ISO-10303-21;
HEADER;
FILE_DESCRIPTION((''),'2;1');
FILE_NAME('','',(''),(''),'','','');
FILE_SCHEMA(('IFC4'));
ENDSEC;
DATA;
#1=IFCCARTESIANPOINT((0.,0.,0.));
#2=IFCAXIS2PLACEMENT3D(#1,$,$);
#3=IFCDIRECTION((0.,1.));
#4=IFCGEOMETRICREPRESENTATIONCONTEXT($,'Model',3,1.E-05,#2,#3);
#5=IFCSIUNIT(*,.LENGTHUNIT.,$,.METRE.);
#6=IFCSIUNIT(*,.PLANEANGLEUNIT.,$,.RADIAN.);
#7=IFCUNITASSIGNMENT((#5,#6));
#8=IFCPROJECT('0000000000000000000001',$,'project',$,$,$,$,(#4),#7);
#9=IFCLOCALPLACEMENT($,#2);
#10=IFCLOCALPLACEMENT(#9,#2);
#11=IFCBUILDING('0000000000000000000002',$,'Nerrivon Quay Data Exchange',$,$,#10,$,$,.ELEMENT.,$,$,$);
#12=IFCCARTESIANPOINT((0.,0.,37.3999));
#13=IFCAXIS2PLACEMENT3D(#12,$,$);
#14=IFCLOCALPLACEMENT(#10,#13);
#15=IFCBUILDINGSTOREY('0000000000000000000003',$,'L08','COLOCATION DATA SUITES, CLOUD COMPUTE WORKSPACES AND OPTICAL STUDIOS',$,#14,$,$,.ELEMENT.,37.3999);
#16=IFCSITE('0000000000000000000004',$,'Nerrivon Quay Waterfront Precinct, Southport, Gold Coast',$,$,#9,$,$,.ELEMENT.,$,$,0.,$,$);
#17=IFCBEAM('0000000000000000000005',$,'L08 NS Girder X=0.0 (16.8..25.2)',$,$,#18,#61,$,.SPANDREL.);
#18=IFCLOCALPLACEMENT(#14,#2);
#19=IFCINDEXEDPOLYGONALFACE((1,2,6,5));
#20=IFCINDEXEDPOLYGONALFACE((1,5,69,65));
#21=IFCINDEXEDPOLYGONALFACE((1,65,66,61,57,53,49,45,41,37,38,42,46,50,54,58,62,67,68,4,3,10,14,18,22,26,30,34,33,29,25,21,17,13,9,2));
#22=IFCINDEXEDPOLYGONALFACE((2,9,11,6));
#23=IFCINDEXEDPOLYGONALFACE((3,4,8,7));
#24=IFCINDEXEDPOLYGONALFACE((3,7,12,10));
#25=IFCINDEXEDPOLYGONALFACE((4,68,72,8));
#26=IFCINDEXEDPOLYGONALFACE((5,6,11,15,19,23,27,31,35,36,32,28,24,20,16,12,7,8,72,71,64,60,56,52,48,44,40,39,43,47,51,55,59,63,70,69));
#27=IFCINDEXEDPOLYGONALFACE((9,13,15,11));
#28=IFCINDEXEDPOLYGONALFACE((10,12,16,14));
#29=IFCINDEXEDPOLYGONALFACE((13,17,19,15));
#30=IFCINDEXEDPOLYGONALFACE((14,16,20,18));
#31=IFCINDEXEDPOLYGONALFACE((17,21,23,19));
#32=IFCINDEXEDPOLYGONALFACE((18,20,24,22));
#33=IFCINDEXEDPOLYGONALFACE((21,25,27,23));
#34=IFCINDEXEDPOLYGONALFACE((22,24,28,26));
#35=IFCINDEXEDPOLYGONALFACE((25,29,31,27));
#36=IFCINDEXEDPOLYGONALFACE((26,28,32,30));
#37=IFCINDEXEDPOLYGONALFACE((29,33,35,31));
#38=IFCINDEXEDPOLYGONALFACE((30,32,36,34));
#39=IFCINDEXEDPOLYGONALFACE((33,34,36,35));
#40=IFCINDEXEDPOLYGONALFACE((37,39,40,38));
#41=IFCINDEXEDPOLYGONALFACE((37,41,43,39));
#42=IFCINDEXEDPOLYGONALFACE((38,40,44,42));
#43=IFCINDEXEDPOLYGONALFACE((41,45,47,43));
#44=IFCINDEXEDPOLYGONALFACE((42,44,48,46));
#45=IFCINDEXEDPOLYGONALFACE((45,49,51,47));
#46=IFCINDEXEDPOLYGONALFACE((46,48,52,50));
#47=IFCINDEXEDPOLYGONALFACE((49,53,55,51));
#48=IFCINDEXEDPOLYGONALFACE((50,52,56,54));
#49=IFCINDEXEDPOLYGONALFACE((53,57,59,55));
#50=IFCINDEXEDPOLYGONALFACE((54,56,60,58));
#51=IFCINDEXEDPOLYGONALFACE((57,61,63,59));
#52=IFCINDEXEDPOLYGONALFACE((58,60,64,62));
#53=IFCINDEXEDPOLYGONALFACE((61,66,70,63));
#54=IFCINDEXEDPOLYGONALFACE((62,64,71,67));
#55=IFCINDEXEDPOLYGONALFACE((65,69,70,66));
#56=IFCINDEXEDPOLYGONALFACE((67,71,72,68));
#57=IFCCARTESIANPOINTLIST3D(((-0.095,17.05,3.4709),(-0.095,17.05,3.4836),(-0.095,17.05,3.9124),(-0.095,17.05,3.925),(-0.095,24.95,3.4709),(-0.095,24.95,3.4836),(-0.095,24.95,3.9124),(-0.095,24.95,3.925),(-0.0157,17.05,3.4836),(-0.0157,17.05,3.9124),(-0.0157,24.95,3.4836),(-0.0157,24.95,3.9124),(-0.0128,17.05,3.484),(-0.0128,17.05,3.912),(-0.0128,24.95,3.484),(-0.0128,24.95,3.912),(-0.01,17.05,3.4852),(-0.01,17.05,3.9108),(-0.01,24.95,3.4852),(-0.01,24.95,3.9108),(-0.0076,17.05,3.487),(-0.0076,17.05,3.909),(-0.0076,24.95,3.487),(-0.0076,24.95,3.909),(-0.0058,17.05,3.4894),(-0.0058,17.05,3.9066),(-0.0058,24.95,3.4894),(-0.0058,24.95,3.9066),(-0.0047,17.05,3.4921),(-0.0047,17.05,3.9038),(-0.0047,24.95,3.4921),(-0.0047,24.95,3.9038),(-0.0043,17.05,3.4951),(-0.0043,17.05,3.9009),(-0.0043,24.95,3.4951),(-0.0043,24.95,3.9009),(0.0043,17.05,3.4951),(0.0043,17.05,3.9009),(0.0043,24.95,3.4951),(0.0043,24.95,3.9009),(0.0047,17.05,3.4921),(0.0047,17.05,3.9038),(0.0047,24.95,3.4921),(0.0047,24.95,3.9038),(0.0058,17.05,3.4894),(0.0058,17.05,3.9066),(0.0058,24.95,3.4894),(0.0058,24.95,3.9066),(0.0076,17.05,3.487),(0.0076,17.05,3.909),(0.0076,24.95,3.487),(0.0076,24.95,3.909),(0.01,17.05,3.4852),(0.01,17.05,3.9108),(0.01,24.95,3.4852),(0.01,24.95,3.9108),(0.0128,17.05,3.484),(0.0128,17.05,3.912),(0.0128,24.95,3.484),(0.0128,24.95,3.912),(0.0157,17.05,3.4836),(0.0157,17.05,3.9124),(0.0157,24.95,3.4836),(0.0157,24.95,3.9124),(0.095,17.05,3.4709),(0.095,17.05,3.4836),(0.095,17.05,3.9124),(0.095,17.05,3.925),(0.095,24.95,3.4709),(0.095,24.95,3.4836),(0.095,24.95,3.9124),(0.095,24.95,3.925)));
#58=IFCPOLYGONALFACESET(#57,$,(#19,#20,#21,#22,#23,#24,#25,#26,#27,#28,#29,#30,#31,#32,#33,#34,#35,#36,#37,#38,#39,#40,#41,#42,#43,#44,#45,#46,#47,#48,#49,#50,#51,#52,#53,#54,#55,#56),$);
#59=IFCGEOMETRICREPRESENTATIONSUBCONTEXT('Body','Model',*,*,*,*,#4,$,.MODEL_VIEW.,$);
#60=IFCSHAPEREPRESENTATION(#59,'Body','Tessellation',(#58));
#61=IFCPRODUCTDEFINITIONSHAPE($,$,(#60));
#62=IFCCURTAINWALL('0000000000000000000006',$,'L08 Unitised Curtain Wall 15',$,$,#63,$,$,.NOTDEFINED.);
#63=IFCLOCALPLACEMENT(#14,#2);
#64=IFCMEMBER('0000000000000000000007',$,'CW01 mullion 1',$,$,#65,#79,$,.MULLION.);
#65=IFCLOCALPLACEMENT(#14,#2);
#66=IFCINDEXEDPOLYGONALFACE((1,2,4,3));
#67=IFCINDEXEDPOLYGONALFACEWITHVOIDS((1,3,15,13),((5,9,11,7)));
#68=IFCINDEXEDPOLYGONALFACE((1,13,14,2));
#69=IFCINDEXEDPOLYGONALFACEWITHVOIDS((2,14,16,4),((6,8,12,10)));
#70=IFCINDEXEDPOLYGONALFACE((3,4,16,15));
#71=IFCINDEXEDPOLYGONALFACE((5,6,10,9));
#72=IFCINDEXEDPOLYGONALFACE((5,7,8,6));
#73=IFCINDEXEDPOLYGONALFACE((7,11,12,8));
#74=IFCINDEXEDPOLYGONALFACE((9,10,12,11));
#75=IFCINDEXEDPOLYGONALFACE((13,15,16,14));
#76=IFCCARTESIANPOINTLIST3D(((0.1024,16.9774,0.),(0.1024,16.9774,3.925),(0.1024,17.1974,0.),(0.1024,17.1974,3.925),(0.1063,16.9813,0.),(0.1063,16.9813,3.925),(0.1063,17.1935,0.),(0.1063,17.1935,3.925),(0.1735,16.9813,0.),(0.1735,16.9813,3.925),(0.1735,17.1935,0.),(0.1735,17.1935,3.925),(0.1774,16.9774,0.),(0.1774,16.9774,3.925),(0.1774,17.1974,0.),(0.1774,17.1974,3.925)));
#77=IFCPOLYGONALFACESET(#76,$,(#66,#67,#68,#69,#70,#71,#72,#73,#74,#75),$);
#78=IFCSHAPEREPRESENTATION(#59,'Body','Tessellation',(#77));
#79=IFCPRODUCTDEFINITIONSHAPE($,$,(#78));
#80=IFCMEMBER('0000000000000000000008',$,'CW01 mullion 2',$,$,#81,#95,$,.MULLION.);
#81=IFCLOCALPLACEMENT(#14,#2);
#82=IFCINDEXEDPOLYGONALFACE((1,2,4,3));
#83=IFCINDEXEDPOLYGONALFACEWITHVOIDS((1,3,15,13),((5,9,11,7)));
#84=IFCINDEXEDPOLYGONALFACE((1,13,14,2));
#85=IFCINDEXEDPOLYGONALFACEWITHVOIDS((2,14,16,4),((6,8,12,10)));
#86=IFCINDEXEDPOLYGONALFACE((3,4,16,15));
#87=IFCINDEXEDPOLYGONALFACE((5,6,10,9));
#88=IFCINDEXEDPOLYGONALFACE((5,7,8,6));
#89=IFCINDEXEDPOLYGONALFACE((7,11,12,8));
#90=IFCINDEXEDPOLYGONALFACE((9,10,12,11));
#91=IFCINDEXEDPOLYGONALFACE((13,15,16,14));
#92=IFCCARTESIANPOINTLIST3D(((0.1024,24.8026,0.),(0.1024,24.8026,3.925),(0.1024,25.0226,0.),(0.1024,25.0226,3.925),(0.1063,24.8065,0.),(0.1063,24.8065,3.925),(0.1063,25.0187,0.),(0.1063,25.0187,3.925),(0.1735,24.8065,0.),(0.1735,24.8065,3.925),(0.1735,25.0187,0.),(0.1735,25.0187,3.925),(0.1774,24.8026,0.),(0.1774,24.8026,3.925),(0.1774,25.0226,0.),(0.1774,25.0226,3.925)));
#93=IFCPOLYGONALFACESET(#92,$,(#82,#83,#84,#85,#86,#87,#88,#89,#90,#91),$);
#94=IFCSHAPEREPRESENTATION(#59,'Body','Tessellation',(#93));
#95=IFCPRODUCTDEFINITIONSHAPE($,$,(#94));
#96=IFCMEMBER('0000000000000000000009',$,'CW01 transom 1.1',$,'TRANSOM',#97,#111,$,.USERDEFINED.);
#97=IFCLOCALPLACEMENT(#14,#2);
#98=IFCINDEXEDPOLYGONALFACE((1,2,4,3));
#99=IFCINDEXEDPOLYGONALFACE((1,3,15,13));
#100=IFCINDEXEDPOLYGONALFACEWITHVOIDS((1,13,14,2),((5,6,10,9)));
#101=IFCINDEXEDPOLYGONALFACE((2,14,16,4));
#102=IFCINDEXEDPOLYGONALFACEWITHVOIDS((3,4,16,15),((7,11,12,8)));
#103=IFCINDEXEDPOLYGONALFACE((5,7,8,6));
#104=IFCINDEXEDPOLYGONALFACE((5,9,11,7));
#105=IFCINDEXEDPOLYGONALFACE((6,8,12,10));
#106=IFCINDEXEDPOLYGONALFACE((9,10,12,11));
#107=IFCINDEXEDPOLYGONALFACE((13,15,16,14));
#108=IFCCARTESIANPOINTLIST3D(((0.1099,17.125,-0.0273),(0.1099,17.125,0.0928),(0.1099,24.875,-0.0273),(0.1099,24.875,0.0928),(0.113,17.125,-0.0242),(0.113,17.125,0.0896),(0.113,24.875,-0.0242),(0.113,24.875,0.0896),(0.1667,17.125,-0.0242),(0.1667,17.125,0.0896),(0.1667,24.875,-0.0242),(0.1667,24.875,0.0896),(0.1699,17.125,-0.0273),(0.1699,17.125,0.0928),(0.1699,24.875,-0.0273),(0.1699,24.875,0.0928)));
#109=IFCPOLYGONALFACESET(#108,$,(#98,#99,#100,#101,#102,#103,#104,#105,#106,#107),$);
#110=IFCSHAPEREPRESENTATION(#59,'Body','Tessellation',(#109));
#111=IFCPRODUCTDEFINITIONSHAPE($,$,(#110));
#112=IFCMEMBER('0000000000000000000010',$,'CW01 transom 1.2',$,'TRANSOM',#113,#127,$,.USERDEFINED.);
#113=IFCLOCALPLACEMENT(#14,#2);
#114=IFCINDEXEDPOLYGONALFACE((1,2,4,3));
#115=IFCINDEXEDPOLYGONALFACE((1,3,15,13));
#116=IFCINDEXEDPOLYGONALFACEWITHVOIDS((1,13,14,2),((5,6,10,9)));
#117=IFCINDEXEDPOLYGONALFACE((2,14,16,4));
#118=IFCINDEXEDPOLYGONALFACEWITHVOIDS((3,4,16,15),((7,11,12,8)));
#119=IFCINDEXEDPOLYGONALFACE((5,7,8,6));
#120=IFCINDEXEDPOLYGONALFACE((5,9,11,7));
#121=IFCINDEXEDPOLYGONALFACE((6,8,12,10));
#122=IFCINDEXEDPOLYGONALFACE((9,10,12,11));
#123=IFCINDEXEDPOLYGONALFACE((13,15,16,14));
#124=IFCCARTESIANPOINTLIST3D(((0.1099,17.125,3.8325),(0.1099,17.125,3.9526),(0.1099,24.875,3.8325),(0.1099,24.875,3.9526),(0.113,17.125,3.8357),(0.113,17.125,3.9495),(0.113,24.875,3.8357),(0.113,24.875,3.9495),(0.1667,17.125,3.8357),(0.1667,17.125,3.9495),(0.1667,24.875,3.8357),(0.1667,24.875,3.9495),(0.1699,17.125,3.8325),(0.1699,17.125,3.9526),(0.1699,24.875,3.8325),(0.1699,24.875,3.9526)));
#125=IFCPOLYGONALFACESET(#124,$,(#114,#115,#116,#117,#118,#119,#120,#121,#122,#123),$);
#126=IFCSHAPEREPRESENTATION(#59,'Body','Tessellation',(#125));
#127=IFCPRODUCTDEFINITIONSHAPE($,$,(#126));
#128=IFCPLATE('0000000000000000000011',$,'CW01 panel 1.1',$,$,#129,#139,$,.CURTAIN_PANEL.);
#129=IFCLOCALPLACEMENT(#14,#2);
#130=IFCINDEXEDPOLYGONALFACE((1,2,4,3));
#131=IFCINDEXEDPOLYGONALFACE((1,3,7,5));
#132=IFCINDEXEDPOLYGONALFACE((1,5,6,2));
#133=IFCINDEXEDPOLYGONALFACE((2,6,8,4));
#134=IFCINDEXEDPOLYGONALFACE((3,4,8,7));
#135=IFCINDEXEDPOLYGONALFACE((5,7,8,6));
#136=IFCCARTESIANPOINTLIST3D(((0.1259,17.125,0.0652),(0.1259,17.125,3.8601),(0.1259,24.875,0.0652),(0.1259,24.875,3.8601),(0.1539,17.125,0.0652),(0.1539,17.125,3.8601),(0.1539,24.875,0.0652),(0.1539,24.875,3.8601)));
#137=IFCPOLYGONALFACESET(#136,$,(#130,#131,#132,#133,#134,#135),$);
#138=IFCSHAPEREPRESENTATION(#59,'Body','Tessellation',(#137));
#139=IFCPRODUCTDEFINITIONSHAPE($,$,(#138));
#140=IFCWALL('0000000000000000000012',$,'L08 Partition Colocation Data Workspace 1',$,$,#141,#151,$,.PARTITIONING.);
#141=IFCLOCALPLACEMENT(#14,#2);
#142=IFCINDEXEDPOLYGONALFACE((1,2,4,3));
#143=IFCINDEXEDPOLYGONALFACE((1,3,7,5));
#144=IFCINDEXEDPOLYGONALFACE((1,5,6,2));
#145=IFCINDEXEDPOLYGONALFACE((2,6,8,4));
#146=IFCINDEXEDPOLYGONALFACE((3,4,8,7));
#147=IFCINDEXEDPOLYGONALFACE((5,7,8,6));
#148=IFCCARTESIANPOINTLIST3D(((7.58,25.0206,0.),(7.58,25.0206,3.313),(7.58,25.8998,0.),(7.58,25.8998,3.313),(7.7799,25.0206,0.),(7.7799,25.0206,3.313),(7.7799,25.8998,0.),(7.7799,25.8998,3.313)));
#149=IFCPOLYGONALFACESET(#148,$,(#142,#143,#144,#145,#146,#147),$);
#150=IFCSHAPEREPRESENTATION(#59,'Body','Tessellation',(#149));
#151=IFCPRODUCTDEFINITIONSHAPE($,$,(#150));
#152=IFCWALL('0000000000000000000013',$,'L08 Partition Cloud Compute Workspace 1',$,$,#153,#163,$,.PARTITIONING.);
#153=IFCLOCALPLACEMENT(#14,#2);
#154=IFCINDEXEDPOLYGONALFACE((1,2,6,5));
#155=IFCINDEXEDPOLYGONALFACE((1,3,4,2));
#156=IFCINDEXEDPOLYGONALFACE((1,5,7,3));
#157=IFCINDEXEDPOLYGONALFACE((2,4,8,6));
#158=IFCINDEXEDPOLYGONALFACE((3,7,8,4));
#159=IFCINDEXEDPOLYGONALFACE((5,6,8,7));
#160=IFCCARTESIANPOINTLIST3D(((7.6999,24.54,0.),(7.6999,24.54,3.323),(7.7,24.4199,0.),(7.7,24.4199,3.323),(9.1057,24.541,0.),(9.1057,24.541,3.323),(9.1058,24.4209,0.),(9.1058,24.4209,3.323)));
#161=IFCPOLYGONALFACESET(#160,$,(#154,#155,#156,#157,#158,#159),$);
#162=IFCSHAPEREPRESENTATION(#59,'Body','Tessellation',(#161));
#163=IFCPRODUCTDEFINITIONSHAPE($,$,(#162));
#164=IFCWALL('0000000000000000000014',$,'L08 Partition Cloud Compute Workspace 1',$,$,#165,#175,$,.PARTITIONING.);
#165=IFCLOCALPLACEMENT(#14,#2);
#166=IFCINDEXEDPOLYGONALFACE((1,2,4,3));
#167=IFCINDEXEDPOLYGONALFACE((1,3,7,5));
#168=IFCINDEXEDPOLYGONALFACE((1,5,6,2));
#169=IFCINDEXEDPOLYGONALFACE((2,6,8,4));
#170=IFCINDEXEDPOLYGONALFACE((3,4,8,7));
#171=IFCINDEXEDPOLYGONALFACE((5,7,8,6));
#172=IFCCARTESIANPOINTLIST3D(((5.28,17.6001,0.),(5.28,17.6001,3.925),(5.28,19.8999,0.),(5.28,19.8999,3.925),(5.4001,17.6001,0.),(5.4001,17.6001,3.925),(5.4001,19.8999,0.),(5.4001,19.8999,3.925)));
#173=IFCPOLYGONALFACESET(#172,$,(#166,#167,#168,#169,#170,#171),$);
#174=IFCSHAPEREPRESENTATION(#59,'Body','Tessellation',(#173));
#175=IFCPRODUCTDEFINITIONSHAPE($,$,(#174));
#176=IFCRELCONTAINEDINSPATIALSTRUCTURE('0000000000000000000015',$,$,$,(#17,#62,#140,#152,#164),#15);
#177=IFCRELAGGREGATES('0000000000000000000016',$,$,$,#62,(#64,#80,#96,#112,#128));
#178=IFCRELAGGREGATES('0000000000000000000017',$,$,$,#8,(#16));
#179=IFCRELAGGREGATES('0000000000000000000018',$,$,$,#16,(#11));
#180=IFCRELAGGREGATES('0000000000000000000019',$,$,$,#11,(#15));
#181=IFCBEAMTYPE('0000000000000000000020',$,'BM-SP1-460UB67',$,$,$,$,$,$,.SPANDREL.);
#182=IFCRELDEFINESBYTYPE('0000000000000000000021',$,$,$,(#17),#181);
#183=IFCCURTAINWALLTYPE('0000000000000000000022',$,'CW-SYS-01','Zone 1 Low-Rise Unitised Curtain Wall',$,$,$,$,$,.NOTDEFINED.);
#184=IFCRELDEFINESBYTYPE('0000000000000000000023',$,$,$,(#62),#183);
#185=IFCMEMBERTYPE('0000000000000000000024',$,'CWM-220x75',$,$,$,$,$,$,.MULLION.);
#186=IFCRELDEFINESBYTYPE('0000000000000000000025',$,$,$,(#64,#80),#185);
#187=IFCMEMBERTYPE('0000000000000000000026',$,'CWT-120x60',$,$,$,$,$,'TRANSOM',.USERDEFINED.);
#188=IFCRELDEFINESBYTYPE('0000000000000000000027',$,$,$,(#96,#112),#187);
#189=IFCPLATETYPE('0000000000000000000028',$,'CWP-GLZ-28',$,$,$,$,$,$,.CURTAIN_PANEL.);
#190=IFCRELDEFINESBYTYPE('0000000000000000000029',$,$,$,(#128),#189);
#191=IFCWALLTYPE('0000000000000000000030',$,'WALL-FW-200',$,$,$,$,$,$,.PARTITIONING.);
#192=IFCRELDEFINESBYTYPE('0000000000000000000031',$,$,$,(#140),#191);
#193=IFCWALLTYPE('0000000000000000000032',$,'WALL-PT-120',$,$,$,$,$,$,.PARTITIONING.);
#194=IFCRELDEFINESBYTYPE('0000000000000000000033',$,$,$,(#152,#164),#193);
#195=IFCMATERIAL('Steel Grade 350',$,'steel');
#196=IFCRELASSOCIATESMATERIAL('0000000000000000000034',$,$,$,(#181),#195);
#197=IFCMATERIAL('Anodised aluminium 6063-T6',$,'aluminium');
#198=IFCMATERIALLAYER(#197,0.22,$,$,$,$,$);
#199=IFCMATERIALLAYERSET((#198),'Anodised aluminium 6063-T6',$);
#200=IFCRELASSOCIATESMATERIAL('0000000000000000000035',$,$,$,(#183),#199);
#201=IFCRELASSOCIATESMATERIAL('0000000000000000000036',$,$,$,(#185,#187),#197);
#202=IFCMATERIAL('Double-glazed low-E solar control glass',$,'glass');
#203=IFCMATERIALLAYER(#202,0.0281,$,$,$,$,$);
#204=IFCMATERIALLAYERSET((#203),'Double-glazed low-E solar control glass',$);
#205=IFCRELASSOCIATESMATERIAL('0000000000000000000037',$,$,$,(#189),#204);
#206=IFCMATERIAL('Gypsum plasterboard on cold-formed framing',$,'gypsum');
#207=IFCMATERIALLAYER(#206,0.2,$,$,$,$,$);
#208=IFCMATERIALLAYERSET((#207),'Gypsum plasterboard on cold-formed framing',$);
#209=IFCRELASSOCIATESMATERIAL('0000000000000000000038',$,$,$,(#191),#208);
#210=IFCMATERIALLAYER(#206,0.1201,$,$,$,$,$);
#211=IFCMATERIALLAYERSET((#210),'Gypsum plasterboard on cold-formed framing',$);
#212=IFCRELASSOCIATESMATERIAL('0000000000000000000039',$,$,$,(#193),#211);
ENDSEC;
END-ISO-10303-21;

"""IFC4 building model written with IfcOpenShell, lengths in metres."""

from ifc_helpers import new_model, si_unit, direction, frame, frame_2d, origin, origin_2d, place, context, subcontext, project, spatial, rectangle, hollow_rectangle, i_section, extrude, material, layer, layer_set, material_profile, profile_set, type_object, element, aggregate, save


model = new_model("IFC4")

# Units and contexts
model_context = context("Model", 3, precision=1e-05, world=origin(), true_north=direction((0.0, 1.0)))
body_context = subcontext(model_context, "Body", "Model", "MODEL_VIEW")
ifc_project = project(units=[si_unit("LENGTHUNIT", "METRE"), si_unit("PLANEANGLEUNIT", "RADIAN")], contexts=[model_context])

# Site, building, storey
site_placement = place(None, origin())
site = spatial("IfcSite", under=ifc_project, at=site_placement, Name="Nerrivon Quay Waterfront Precinct, Southport, Gold Coast", CompositionType="ELEMENT", RefElevation=0.0)
building_placement = place(site_placement, origin())
building = spatial("IfcBuilding", under=site, at=building_placement, Name="Nerrivon Quay Data Exchange", CompositionType="ELEMENT")
storey_placement = place(building_placement, frame((0.0, 0.0, 37.3999)))
storey = spatial("IfcBuildingStorey", under=building, at=storey_placement, Name="L08", Description="COLOCATION DATA SUITES, CLOUD COMPUTE WORKSPACES AND OPTICAL STUDIOS", CompositionType="ELEMENT", Elevation=37.3999)

# Shared definitions
ifc_material_1 = material(Name="Steel Grade 350", Category="steel")

# Beam
ifc_material_profile_1 = material_profile(ifc_material_1, i_section(OverallWidth=0.1899, OverallDepth=0.4541, WebThickness=0.0085, FlangeThickness=0.0127, FilletRadius=0.0115, at=origin_2d()), Name="460UB67.1")
ifc_profile_set_1 = profile_set([ifc_material_profile_1], Name="Steel Grade 350")
beam_type_1 = type_object("IfcBeamType", Name="BM-SP1-460UB67", PredefinedType="SPANDREL", material=ifc_profile_set_1)
beam_1_placement = place(storey_placement, frame((0.0, 17.05, 3.698), z_axis=(0.0, 1.0, 0.0), x_axis=(-1.0, 0.0, 0.0)))
element("IfcBeam", 1, at=beam_1_placement, inside=storey, type_object=beam_type_1, Name="L08 NS Girder X=0.0 (16.8..25.2)", PredefinedType="SPANDREL", context=body_context, shape_type="SweptSolid", body=[
    extrude(i_section(OverallWidth=0.1899, OverallDepth=0.4541, WebThickness=0.0085, FlangeThickness=0.0127, FilletRadius=0.0115, at=origin_2d()), origin(), (0.0, 0.0, 1.0), 7.8999),
])

# Curtain wall, members, plate
ifc_material_2 = material(Name="Anodised aluminium 6063-T6", Category="aluminium")
ifc_layer_1 = layer(ifc_material_2, 0.22)
ifc_layer_set_1 = layer_set([ifc_layer_1], Name="Anodised aluminium 6063-T6")
curtain_wall_type = type_object("IfcCurtainWallType", Name="CW-SYS-01", Description="Zone 1 Low-Rise Unitised Curtain Wall", PredefinedType="NOTDEFINED", material=ifc_layer_set_1)
curtain_wall_placement = place(storey_placement, origin())
curtain_wall = element("IfcCurtainWall", 2, at=curtain_wall_placement, inside=storey, type_object=curtain_wall_type, Name="L08 Unitised Curtain Wall 15", PredefinedType="NOTDEFINED")
ifc_material_profile_2 = material_profile(ifc_material_2, hollow_rectangle(XDim=0.075, YDim=0.22, WallThickness=0.0039, at=origin_2d()), Name="ALU-MULL-220x75")
ifc_profile_set_2 = profile_set([ifc_material_profile_2], Name="Anodised aluminium 6063-T6")
member_type_1 = type_object("IfcMemberType", Name="CWM-220x75", PredefinedType="MULLION", material=ifc_profile_set_2)
member_1_placement = place(storey_placement, frame((0.1399, 17.0874, 0.0), z_axis=(0.0, 0.0, 1.0), x_axis=(-1.0, 0.0, 0.0)))
member_1 = element("IfcMember", 3, at=member_1_placement, type_object=member_type_1, Name="CW01 mullion 1", PredefinedType="MULLION", context=body_context, shape_type="SweptSolid", body=[
    extrude(hollow_rectangle(XDim=0.075, YDim=0.22, WallThickness=0.0039, at=origin_2d()), origin(), (0.0, 0.0, 1.0), 3.925),
])
member_2_placement = place(storey_placement, frame((0.1399, 24.9126, 0.0), z_axis=(0.0, 0.0, 1.0), x_axis=(-1.0, 0.0, 0.0)))
member_2 = element("IfcMember", 4, at=member_2_placement, type_object=member_type_1, Name="CW01 mullion 2", PredefinedType="MULLION", context=body_context, shape_type="SweptSolid", body=[
    extrude(hollow_rectangle(XDim=0.075, YDim=0.22, WallThickness=0.0039, at=origin_2d()), origin(), (0.0, 0.0, 1.0), 3.925),
])
ifc_material_profile_3 = material_profile(ifc_material_2, hollow_rectangle(XDim=0.0601, YDim=0.1201, WallThickness=0.0032, at=origin_2d()), Name="ALU-TRAN-120x60")
ifc_profile_set_3 = profile_set([ifc_material_profile_3], Name="Anodised aluminium 6063-T6")
member_type_2 = type_object("IfcMemberType", Name="CWT-120x60", ElementType="TRANSOM", PredefinedType="USERDEFINED", material=ifc_profile_set_3)
member_3_placement = place(storey_placement, frame((0.1399, 17.125, 0.0327), z_axis=(0.0, 1.0, 0.0), x_axis=(-1.0, 0.0, 0.0)))
member_3 = element("IfcMember", 5, at=member_3_placement, type_object=member_type_2, Name="CW01 transom 1.1", ObjectType="TRANSOM", PredefinedType="USERDEFINED", context=body_context, shape_type="SweptSolid", body=[
    extrude(hollow_rectangle(XDim=0.0601, YDim=0.1201, WallThickness=0.0032, at=origin_2d()), origin(), (0.0, 0.0, 1.0), 7.75),
])
member_4_placement = place(storey_placement, frame((0.1399, 17.125, 3.8926), z_axis=(0.0, 1.0, 0.0), x_axis=(-1.0, 0.0, 0.0)))
member_4 = element("IfcMember", 6, at=member_4_placement, type_object=member_type_2, Name="CW01 transom 1.2", ObjectType="TRANSOM", PredefinedType="USERDEFINED", context=body_context, shape_type="SweptSolid", body=[
    extrude(hollow_rectangle(XDim=0.0601, YDim=0.1201, WallThickness=0.0032, at=origin_2d()), origin(), (0.0, 0.0, 1.0), 7.75),
])
ifc_material_3 = material(Name="Double-glazed low-E solar control glass", Category="glass")
ifc_layer_2 = layer(ifc_material_3, 0.0281)
ifc_layer_set_2 = layer_set([ifc_layer_2], Name="Double-glazed low-E solar control glass")
plate_type = type_object("IfcPlateType", Name="CWP-GLZ-28", PredefinedType="CURTAIN_PANEL", material=ifc_layer_set_2)
plate_placement = place(storey_placement, frame((0.1399, 21.0, 0.0652), z_axis=(0.0, 0.0, 1.0), x_axis=(0.0, 1.0, 0.0)))
plate = element("IfcPlate", 7, at=plate_placement, type_object=plate_type, Name="CW01 panel 1.1", PredefinedType="CURTAIN_PANEL", context=body_context, shape_type="SweptSolid", body=[
    extrude(rectangle(XDim=7.75, YDim=0.0281, at=origin_2d()), origin(), (0.0, 0.0, 1.0), 3.7949),
])
aggregate(curtain_wall, [member_1, member_2, member_3, member_4, plate])

# Walls
ifc_material_4 = material(Name="Gypsum plasterboard on cold-formed framing", Category="gypsum")
ifc_layer_3 = layer(ifc_material_4, 0.2)
ifc_layer_set_3 = layer_set([ifc_layer_3], Name="Gypsum plasterboard on cold-formed framing")
wall_type_1 = type_object("IfcWallType", Name="WALL-FW-200", PredefinedType="PARTITIONING", material=ifc_layer_set_3)
wall_1_placement = place(storey_placement, frame((7.6799, 25.0208, 0.0), z_axis=(0.0, 0.0, 1.0), x_axis=(0.0, 1.0, 0.0)))
element("IfcWall", 8, at=wall_1_placement, inside=storey, type_object=wall_type_1, Name="L08 Partition Colocation Data Workspace 1", PredefinedType="PARTITIONING", context=body_context, shape_type="SweptSolid", body=[
    extrude(rectangle(XDim=0.8792, YDim=0.2, at=frame_2d((0.4395, 0.0))), origin(), (0.0, 0.0, 1.0), 3.313),
])
ifc_layer_4 = layer(ifc_material_4, 0.1201)
ifc_layer_set_4 = layer_set([ifc_layer_4], Name="Gypsum plasterboard on cold-formed framing")
wall_type_2 = type_object("IfcWallType", Name="WALL-PT-120", PredefinedType="PARTITIONING", material=ifc_layer_set_4)
wall_2_placement = place(storey_placement, frame((9.1057, 24.481, 0.0), z_axis=(0.0, 0.0, 1.0), x_axis=(-1.0, -0.000695, 0.0)))
element("IfcWall", 9, at=wall_2_placement, inside=storey, type_object=wall_type_2, Name="L08 Partition Cloud Compute Workspace 1", PredefinedType="PARTITIONING", context=body_context, shape_type="SweptSolid", body=[
    extrude(rectangle(XDim=1.4058, YDim=0.1201, at=frame_2d((0.7029, 0.0))), origin(), (0.0, 0.0, 1.0), 3.323),
])
wall_3_placement = place(storey_placement, frame((5.3401, 17.6001, 0.0), z_axis=(0.0, 0.0, 1.0), x_axis=(0.0, 1.0, 0.0)))
element("IfcWall", 10, at=wall_3_placement, inside=storey, type_object=wall_type_2, Name="L08 Partition Cloud Compute Workspace 1", PredefinedType="PARTITIONING", context=body_context, shape_type="SweptSolid", body=[
    extrude(rectangle(XDim=2.2998, YDim=0.1201, at=frame_2d((1.1499, 0.0))), origin(), (0.0, 0.0, 1.0), 3.925),
])

save(model, "model.ifc")
